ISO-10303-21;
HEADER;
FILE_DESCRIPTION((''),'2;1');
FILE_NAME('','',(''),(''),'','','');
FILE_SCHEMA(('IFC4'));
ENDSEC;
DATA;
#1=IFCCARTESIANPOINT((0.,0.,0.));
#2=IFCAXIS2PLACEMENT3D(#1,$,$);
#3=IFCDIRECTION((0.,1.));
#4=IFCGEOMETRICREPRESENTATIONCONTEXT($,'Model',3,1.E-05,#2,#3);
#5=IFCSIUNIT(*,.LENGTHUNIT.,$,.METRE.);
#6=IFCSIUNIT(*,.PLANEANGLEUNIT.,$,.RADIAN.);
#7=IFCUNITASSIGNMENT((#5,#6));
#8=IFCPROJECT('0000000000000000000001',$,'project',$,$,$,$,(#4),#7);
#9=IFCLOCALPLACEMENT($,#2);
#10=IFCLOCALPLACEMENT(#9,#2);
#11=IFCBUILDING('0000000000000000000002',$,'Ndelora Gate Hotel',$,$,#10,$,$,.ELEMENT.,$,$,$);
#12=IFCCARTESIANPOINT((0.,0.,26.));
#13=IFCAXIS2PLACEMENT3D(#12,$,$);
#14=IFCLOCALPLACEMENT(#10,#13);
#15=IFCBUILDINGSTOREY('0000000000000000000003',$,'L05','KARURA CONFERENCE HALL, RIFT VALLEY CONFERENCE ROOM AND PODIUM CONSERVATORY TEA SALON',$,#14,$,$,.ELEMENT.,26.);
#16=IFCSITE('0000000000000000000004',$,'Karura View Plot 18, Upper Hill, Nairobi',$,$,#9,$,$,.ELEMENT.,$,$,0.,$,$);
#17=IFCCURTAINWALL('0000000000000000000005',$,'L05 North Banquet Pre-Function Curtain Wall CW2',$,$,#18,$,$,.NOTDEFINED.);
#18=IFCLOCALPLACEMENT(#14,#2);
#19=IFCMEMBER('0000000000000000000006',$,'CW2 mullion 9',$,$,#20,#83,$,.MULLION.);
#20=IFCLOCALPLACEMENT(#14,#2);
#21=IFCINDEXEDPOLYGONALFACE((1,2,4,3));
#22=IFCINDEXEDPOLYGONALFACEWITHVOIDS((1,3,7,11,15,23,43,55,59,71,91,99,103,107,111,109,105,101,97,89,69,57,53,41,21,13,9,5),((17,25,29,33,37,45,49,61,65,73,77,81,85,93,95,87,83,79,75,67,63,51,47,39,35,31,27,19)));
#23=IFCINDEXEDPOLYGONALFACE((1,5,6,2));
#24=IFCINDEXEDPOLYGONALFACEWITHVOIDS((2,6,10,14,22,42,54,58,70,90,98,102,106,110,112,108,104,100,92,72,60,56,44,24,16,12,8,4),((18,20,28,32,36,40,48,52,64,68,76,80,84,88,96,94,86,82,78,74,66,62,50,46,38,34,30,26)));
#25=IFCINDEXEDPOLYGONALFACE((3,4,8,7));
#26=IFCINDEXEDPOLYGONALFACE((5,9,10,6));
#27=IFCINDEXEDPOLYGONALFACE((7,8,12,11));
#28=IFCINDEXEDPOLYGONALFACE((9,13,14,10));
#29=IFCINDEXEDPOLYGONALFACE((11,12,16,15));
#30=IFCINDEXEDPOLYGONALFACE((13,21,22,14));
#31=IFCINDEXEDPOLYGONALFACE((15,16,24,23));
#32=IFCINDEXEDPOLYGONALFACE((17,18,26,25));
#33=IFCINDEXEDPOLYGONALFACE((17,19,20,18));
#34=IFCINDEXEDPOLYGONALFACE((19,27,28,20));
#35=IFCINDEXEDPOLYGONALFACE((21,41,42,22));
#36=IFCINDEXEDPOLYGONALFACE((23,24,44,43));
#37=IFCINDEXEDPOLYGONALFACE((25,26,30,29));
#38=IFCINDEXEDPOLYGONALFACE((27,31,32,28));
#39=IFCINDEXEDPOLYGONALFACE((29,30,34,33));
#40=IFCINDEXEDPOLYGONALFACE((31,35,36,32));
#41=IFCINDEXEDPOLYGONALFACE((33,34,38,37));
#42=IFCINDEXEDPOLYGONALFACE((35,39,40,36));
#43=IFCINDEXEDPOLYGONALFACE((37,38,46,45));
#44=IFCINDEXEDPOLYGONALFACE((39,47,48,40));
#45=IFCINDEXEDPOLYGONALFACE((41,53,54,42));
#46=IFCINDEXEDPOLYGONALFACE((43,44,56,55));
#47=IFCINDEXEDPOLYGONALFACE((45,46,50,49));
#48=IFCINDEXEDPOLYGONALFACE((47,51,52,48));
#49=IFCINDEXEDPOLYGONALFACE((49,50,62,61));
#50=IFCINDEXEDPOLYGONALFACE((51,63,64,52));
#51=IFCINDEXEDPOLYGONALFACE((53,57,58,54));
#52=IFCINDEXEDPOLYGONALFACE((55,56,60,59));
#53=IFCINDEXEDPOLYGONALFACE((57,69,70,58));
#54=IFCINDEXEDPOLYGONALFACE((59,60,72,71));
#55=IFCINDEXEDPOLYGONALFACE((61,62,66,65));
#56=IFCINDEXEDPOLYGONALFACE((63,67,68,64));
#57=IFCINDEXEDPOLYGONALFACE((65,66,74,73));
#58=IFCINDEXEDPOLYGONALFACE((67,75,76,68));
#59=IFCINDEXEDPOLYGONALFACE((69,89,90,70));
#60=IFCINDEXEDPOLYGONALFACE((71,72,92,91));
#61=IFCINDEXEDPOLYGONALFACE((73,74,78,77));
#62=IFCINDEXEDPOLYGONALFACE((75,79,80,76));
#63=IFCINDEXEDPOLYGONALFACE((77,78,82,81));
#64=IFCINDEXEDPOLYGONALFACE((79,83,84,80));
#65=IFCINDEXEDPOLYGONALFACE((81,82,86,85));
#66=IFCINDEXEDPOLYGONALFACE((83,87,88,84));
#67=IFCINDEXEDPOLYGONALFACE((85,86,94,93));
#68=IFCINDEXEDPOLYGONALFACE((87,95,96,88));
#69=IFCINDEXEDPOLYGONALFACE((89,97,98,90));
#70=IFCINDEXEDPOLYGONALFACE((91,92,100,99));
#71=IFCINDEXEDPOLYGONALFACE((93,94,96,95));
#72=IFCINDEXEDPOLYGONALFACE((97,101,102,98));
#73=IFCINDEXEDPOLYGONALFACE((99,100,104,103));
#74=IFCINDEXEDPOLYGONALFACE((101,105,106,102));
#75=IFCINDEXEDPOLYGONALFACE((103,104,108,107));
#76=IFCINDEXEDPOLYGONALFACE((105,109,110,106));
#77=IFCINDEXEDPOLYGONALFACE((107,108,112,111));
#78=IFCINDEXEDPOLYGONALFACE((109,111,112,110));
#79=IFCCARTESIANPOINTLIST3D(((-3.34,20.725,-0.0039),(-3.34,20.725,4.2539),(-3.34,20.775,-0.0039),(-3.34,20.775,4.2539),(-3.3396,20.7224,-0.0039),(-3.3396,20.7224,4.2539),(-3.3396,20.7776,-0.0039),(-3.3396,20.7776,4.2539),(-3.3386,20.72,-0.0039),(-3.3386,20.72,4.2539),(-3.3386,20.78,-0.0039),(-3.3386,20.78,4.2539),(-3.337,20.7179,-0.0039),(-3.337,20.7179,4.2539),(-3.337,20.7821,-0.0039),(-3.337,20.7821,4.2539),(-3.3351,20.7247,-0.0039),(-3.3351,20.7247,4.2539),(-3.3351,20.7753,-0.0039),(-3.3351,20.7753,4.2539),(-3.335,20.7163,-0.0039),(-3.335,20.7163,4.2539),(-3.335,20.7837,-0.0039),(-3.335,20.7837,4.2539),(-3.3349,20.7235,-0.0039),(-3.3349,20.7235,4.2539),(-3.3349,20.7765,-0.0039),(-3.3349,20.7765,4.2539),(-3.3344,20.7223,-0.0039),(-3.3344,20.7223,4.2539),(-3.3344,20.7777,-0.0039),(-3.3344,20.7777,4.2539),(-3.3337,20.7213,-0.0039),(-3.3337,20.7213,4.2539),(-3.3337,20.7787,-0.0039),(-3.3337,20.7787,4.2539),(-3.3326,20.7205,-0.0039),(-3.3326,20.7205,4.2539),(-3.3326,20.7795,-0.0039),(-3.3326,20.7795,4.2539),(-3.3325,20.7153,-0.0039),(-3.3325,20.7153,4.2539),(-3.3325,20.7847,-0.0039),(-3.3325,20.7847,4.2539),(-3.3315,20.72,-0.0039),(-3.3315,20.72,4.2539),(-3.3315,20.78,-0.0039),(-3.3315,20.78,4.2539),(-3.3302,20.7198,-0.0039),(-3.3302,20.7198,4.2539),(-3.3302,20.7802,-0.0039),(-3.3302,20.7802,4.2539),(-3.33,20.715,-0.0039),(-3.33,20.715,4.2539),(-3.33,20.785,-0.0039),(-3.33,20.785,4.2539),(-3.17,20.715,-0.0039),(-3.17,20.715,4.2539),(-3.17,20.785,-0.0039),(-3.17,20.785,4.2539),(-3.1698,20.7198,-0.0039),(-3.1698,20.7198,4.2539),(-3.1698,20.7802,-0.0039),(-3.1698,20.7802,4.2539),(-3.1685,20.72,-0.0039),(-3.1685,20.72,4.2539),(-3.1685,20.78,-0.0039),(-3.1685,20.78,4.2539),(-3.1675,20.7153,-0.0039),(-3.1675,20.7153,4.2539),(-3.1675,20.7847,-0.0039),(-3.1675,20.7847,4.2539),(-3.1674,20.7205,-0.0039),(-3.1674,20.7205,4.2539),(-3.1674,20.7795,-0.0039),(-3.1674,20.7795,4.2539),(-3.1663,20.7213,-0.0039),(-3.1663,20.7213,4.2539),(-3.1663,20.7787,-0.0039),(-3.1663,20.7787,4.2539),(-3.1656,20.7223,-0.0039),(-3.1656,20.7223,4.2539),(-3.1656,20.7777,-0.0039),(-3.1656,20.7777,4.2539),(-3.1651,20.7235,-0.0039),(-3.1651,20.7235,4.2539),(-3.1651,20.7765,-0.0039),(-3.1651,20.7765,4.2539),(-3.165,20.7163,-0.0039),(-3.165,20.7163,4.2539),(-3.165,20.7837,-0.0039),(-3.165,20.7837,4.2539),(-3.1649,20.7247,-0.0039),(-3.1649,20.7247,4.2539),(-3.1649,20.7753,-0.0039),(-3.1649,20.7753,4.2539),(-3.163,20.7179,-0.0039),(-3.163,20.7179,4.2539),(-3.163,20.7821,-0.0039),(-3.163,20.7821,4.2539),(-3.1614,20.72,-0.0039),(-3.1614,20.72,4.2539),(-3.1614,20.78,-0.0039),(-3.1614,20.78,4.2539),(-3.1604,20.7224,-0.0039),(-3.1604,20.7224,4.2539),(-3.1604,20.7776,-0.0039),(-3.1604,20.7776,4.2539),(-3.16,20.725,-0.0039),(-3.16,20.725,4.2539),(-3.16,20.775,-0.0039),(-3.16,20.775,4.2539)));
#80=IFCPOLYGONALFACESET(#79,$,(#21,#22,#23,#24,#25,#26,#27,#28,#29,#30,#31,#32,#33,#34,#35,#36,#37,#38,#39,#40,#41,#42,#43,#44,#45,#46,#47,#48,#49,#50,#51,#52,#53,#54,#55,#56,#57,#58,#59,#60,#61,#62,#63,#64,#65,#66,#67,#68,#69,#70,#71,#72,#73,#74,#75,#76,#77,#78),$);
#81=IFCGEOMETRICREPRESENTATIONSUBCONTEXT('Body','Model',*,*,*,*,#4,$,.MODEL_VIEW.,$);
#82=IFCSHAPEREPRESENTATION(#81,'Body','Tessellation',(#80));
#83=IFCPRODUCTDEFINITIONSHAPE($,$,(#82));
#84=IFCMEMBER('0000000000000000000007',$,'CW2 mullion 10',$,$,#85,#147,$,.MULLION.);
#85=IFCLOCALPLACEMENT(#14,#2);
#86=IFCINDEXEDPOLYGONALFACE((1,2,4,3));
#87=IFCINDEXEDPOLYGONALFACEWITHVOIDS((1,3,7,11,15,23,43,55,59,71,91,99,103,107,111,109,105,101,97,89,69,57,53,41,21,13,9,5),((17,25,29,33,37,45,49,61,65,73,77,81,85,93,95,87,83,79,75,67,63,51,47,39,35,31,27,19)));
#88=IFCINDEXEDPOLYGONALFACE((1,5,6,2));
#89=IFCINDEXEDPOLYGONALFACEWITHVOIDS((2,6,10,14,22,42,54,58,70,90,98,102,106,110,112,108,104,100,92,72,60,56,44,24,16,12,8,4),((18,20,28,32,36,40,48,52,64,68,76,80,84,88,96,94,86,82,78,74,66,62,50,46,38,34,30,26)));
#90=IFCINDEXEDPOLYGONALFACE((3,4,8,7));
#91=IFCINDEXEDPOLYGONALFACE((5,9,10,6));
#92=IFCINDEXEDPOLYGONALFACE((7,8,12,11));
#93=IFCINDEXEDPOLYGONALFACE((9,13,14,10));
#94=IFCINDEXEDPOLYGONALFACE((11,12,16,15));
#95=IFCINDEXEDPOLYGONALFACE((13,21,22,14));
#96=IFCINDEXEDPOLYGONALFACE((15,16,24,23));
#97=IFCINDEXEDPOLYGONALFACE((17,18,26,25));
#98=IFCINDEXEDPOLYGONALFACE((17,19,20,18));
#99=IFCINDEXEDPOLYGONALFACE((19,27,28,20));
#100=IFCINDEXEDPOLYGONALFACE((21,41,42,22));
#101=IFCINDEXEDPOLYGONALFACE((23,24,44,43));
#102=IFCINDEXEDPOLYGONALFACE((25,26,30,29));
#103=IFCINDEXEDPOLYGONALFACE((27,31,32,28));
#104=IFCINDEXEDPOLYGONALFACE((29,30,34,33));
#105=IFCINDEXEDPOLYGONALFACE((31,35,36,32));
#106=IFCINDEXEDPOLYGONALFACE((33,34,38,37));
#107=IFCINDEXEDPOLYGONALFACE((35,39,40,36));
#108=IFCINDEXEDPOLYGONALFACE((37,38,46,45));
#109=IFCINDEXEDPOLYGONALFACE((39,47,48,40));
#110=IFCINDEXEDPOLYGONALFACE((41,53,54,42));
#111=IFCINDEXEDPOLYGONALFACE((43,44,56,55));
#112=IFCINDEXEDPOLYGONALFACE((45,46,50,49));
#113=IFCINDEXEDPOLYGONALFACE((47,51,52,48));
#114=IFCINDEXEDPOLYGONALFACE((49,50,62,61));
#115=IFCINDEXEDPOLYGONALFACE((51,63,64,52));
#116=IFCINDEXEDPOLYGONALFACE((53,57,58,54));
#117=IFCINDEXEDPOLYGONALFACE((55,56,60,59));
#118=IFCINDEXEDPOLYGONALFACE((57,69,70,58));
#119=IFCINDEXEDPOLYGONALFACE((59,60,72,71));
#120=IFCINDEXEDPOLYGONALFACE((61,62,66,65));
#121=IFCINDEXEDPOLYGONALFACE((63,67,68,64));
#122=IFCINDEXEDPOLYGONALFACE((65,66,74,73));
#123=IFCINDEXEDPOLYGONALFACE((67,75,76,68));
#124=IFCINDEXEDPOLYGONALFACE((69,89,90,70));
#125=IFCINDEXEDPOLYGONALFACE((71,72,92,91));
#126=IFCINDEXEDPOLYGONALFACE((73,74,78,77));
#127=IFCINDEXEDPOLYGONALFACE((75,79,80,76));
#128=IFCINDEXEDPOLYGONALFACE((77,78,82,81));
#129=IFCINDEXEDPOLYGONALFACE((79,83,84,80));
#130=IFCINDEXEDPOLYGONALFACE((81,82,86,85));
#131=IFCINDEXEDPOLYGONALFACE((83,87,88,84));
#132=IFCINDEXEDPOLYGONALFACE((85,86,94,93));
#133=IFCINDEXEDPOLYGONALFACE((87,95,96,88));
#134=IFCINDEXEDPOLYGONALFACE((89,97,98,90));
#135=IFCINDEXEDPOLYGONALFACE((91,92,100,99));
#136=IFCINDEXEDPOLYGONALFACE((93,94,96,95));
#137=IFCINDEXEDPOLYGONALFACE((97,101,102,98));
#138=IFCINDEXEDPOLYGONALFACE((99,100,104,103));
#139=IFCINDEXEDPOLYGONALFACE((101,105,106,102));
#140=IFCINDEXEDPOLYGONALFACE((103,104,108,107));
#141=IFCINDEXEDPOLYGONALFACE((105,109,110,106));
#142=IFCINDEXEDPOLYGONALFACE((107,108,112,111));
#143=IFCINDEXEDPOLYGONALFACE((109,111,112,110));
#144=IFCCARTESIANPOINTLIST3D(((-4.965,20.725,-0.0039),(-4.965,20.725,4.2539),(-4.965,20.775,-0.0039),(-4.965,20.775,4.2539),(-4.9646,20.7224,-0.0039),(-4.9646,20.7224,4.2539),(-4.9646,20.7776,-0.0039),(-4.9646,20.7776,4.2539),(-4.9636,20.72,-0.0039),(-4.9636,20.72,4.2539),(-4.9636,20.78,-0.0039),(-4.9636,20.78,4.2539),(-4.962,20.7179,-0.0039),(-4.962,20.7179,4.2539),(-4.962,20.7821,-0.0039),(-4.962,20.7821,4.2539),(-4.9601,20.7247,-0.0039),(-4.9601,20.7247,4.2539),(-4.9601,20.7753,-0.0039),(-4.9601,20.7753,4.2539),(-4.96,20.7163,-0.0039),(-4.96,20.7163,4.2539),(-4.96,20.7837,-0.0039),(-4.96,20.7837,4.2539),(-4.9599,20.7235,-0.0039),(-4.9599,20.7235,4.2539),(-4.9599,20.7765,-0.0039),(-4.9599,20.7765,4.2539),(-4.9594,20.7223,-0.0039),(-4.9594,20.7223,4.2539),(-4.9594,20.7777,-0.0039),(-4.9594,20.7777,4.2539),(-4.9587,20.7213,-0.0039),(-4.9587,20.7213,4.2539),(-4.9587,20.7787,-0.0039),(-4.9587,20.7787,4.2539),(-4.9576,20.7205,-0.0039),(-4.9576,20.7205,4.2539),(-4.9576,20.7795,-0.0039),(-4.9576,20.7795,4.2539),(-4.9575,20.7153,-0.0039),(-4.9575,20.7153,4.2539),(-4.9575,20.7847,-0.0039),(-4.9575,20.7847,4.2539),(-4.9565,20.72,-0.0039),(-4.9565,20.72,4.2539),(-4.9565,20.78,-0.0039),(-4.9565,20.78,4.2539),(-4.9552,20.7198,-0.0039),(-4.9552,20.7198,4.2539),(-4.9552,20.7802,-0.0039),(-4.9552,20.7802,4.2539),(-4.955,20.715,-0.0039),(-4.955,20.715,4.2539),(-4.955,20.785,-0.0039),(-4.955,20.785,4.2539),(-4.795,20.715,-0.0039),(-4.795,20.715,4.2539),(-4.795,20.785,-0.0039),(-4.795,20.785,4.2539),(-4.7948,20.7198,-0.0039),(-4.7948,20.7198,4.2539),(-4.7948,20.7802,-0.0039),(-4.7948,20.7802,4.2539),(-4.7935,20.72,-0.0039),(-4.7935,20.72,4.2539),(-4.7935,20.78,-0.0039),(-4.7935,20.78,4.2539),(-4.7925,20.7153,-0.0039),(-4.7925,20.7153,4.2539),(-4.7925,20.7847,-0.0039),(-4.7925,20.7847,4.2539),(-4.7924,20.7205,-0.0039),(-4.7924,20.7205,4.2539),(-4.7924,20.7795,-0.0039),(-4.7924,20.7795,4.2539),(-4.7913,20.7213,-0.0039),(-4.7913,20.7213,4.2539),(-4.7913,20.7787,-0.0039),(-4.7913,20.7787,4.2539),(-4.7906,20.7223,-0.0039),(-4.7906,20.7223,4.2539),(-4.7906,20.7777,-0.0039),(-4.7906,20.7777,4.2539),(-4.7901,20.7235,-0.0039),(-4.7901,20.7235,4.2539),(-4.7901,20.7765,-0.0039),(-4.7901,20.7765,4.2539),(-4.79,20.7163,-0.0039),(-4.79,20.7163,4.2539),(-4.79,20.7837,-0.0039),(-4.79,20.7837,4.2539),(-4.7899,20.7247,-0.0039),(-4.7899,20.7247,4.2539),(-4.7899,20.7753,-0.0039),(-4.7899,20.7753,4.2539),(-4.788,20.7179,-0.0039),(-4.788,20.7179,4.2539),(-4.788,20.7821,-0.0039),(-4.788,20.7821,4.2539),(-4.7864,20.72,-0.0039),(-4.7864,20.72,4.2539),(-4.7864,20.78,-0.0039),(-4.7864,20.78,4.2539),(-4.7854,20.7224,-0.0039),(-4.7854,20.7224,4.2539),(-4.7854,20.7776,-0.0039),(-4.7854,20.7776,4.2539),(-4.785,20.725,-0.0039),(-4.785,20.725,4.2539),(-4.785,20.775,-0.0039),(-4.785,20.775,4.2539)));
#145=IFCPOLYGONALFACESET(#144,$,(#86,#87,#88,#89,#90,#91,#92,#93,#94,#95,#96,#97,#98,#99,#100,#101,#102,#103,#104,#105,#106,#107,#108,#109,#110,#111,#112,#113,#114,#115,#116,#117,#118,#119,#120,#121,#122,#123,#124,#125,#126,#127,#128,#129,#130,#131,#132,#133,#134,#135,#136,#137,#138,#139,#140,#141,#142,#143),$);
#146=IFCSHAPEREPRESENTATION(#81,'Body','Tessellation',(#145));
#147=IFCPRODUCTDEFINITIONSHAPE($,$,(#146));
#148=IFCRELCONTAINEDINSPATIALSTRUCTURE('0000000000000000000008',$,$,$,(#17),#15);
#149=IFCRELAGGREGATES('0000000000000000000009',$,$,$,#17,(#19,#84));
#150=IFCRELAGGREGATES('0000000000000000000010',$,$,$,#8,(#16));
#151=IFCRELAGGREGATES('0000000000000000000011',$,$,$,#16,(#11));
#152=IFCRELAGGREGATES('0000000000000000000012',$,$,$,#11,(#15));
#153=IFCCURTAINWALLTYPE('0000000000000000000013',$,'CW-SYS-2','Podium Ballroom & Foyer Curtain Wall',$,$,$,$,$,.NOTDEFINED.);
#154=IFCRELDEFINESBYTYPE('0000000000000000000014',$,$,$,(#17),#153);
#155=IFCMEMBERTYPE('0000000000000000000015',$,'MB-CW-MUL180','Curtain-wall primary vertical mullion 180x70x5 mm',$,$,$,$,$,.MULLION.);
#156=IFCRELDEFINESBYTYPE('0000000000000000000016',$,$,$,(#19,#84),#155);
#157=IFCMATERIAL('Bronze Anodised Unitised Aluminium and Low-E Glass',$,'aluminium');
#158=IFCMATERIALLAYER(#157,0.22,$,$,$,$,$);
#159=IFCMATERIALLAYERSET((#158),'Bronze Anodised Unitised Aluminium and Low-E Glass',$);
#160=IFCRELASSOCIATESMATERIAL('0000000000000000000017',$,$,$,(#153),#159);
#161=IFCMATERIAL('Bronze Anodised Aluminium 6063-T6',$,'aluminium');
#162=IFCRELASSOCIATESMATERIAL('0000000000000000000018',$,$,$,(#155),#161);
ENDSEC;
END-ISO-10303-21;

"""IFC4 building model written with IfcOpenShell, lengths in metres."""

from ifc_helpers import new_model, si_unit, direction, frame, origin, origin_2d, place, context, subcontext, project, spatial, hollow_rectangle, extrude, material, layer, layer_set, material_profile, profile_set, type_object, element, aggregate, save


model = new_model("IFC4")

# Units and contexts
model_context = context("Model", 3, precision=1e-05, world=origin(), true_north=direction((0.0, 1.0)))
body_context = subcontext(model_context, "Body", "Model", "MODEL_VIEW")
ifc_project = project(units=[si_unit("LENGTHUNIT", "METRE"), si_unit("PLANEANGLEUNIT", "RADIAN")], contexts=[model_context])

# Site, building, storey
site_placement = place(None, origin())
site = spatial("IfcSite", under=ifc_project, at=site_placement, Name="Karura View Plot 18, Upper Hill, Nairobi", CompositionType="ELEMENT", RefElevation=0.0)
building_placement = place(site_placement, origin())
building = spatial("IfcBuilding", under=site, at=building_placement, Name="Ndelora Gate Hotel", CompositionType="ELEMENT")
storey_placement = place(building_placement, frame((0.0, 0.0, 26.0)))
storey = spatial("IfcBuildingStorey", under=building, at=storey_placement, Name="L05", Description="KARURA CONFERENCE HALL, RIFT VALLEY CONFERENCE ROOM AND PODIUM CONSERVATORY TEA SALON", CompositionType="ELEMENT", Elevation=26.0)

# Curtain wall, members
ifc_material_1 = material(Name="Bronze Anodised Unitised Aluminium and Low-E Glass", Category="aluminium")
ifc_layer_1 = layer(ifc_material_1, 0.22)
ifc_layer_set_1 = layer_set([ifc_layer_1], Name="Bronze Anodised Unitised Aluminium and Low-E Glass")
curtain_wall_type = type_object("IfcCurtainWallType", Name="CW-SYS-2", Description="Podium Ballroom & Foyer Curtain Wall", PredefinedType="NOTDEFINED", material=ifc_layer_set_1)
curtain_wall_placement = place(storey_placement, origin())
curtain_wall = element("IfcCurtainWall", 1, at=curtain_wall_placement, inside=storey, type_object=curtain_wall_type, Name="L05 North Banquet Pre-Function Curtain Wall CW2", PredefinedType="NOTDEFINED")
ifc_material_2 = material(Name="Bronze Anodised Aluminium 6063-T6", Category="aluminium")
ifc_material_profile_1 = material_profile(ifc_material_2, hollow_rectangle(XDim=0.0701, YDim=0.1799, WallThickness=0.0049, InnerFilletRadius=0.0049, OuterFilletRadius=0.01, at=origin_2d()), Name="ALU 180x70x5")
ifc_profile_set_1 = profile_set([ifc_material_profile_1], Name="Bronze Anodised Aluminium 6063-T6")
member_type_1 = type_object("IfcMemberType", Name="MB-CW-MUL180", Description="Curtain-wall primary vertical mullion 180x70x5 mm", PredefinedType="MULLION", material=ifc_profile_set_1)
member_1_placement = place(storey_placement, frame((-3.25, 20.75, -0.0039), z_axis=(0.0, 0.0, 1.0), x_axis=(0.0, -1.0, 0.0)))
member_1 = element("IfcMember", 2, at=member_1_placement, type_object=member_type_1, Name="CW2 mullion 9", PredefinedType="MULLION", context=body_context, shape_type="SweptSolid", body=[
    extrude(hollow_rectangle(XDim=0.0701, YDim=0.1799, WallThickness=0.0049, InnerFilletRadius=0.0049, OuterFilletRadius=0.01, at=origin_2d()), origin(), (0.0, 0.0, 1.0), 4.2578),
])
member_2_placement = place(storey_placement, frame((-4.875, 20.75, -0.0039), z_axis=(0.0, 0.0, 1.0), x_axis=(0.0, -1.0, 0.0)))
member_2 = element("IfcMember", 3, at=member_2_placement, type_object=member_type_1, Name="CW2 mullion 10", PredefinedType="MULLION", context=body_context, shape_type="SweptSolid", body=[
    extrude(hollow_rectangle(XDim=0.0701, YDim=0.1799, WallThickness=0.0049, InnerFilletRadius=0.0049, OuterFilletRadius=0.01, at=origin_2d()), origin(), (0.0, 0.0, 1.0), 4.2578),
])
aggregate(curtain_wall, [member_1, member_2])

save(model, "model.ifc")
